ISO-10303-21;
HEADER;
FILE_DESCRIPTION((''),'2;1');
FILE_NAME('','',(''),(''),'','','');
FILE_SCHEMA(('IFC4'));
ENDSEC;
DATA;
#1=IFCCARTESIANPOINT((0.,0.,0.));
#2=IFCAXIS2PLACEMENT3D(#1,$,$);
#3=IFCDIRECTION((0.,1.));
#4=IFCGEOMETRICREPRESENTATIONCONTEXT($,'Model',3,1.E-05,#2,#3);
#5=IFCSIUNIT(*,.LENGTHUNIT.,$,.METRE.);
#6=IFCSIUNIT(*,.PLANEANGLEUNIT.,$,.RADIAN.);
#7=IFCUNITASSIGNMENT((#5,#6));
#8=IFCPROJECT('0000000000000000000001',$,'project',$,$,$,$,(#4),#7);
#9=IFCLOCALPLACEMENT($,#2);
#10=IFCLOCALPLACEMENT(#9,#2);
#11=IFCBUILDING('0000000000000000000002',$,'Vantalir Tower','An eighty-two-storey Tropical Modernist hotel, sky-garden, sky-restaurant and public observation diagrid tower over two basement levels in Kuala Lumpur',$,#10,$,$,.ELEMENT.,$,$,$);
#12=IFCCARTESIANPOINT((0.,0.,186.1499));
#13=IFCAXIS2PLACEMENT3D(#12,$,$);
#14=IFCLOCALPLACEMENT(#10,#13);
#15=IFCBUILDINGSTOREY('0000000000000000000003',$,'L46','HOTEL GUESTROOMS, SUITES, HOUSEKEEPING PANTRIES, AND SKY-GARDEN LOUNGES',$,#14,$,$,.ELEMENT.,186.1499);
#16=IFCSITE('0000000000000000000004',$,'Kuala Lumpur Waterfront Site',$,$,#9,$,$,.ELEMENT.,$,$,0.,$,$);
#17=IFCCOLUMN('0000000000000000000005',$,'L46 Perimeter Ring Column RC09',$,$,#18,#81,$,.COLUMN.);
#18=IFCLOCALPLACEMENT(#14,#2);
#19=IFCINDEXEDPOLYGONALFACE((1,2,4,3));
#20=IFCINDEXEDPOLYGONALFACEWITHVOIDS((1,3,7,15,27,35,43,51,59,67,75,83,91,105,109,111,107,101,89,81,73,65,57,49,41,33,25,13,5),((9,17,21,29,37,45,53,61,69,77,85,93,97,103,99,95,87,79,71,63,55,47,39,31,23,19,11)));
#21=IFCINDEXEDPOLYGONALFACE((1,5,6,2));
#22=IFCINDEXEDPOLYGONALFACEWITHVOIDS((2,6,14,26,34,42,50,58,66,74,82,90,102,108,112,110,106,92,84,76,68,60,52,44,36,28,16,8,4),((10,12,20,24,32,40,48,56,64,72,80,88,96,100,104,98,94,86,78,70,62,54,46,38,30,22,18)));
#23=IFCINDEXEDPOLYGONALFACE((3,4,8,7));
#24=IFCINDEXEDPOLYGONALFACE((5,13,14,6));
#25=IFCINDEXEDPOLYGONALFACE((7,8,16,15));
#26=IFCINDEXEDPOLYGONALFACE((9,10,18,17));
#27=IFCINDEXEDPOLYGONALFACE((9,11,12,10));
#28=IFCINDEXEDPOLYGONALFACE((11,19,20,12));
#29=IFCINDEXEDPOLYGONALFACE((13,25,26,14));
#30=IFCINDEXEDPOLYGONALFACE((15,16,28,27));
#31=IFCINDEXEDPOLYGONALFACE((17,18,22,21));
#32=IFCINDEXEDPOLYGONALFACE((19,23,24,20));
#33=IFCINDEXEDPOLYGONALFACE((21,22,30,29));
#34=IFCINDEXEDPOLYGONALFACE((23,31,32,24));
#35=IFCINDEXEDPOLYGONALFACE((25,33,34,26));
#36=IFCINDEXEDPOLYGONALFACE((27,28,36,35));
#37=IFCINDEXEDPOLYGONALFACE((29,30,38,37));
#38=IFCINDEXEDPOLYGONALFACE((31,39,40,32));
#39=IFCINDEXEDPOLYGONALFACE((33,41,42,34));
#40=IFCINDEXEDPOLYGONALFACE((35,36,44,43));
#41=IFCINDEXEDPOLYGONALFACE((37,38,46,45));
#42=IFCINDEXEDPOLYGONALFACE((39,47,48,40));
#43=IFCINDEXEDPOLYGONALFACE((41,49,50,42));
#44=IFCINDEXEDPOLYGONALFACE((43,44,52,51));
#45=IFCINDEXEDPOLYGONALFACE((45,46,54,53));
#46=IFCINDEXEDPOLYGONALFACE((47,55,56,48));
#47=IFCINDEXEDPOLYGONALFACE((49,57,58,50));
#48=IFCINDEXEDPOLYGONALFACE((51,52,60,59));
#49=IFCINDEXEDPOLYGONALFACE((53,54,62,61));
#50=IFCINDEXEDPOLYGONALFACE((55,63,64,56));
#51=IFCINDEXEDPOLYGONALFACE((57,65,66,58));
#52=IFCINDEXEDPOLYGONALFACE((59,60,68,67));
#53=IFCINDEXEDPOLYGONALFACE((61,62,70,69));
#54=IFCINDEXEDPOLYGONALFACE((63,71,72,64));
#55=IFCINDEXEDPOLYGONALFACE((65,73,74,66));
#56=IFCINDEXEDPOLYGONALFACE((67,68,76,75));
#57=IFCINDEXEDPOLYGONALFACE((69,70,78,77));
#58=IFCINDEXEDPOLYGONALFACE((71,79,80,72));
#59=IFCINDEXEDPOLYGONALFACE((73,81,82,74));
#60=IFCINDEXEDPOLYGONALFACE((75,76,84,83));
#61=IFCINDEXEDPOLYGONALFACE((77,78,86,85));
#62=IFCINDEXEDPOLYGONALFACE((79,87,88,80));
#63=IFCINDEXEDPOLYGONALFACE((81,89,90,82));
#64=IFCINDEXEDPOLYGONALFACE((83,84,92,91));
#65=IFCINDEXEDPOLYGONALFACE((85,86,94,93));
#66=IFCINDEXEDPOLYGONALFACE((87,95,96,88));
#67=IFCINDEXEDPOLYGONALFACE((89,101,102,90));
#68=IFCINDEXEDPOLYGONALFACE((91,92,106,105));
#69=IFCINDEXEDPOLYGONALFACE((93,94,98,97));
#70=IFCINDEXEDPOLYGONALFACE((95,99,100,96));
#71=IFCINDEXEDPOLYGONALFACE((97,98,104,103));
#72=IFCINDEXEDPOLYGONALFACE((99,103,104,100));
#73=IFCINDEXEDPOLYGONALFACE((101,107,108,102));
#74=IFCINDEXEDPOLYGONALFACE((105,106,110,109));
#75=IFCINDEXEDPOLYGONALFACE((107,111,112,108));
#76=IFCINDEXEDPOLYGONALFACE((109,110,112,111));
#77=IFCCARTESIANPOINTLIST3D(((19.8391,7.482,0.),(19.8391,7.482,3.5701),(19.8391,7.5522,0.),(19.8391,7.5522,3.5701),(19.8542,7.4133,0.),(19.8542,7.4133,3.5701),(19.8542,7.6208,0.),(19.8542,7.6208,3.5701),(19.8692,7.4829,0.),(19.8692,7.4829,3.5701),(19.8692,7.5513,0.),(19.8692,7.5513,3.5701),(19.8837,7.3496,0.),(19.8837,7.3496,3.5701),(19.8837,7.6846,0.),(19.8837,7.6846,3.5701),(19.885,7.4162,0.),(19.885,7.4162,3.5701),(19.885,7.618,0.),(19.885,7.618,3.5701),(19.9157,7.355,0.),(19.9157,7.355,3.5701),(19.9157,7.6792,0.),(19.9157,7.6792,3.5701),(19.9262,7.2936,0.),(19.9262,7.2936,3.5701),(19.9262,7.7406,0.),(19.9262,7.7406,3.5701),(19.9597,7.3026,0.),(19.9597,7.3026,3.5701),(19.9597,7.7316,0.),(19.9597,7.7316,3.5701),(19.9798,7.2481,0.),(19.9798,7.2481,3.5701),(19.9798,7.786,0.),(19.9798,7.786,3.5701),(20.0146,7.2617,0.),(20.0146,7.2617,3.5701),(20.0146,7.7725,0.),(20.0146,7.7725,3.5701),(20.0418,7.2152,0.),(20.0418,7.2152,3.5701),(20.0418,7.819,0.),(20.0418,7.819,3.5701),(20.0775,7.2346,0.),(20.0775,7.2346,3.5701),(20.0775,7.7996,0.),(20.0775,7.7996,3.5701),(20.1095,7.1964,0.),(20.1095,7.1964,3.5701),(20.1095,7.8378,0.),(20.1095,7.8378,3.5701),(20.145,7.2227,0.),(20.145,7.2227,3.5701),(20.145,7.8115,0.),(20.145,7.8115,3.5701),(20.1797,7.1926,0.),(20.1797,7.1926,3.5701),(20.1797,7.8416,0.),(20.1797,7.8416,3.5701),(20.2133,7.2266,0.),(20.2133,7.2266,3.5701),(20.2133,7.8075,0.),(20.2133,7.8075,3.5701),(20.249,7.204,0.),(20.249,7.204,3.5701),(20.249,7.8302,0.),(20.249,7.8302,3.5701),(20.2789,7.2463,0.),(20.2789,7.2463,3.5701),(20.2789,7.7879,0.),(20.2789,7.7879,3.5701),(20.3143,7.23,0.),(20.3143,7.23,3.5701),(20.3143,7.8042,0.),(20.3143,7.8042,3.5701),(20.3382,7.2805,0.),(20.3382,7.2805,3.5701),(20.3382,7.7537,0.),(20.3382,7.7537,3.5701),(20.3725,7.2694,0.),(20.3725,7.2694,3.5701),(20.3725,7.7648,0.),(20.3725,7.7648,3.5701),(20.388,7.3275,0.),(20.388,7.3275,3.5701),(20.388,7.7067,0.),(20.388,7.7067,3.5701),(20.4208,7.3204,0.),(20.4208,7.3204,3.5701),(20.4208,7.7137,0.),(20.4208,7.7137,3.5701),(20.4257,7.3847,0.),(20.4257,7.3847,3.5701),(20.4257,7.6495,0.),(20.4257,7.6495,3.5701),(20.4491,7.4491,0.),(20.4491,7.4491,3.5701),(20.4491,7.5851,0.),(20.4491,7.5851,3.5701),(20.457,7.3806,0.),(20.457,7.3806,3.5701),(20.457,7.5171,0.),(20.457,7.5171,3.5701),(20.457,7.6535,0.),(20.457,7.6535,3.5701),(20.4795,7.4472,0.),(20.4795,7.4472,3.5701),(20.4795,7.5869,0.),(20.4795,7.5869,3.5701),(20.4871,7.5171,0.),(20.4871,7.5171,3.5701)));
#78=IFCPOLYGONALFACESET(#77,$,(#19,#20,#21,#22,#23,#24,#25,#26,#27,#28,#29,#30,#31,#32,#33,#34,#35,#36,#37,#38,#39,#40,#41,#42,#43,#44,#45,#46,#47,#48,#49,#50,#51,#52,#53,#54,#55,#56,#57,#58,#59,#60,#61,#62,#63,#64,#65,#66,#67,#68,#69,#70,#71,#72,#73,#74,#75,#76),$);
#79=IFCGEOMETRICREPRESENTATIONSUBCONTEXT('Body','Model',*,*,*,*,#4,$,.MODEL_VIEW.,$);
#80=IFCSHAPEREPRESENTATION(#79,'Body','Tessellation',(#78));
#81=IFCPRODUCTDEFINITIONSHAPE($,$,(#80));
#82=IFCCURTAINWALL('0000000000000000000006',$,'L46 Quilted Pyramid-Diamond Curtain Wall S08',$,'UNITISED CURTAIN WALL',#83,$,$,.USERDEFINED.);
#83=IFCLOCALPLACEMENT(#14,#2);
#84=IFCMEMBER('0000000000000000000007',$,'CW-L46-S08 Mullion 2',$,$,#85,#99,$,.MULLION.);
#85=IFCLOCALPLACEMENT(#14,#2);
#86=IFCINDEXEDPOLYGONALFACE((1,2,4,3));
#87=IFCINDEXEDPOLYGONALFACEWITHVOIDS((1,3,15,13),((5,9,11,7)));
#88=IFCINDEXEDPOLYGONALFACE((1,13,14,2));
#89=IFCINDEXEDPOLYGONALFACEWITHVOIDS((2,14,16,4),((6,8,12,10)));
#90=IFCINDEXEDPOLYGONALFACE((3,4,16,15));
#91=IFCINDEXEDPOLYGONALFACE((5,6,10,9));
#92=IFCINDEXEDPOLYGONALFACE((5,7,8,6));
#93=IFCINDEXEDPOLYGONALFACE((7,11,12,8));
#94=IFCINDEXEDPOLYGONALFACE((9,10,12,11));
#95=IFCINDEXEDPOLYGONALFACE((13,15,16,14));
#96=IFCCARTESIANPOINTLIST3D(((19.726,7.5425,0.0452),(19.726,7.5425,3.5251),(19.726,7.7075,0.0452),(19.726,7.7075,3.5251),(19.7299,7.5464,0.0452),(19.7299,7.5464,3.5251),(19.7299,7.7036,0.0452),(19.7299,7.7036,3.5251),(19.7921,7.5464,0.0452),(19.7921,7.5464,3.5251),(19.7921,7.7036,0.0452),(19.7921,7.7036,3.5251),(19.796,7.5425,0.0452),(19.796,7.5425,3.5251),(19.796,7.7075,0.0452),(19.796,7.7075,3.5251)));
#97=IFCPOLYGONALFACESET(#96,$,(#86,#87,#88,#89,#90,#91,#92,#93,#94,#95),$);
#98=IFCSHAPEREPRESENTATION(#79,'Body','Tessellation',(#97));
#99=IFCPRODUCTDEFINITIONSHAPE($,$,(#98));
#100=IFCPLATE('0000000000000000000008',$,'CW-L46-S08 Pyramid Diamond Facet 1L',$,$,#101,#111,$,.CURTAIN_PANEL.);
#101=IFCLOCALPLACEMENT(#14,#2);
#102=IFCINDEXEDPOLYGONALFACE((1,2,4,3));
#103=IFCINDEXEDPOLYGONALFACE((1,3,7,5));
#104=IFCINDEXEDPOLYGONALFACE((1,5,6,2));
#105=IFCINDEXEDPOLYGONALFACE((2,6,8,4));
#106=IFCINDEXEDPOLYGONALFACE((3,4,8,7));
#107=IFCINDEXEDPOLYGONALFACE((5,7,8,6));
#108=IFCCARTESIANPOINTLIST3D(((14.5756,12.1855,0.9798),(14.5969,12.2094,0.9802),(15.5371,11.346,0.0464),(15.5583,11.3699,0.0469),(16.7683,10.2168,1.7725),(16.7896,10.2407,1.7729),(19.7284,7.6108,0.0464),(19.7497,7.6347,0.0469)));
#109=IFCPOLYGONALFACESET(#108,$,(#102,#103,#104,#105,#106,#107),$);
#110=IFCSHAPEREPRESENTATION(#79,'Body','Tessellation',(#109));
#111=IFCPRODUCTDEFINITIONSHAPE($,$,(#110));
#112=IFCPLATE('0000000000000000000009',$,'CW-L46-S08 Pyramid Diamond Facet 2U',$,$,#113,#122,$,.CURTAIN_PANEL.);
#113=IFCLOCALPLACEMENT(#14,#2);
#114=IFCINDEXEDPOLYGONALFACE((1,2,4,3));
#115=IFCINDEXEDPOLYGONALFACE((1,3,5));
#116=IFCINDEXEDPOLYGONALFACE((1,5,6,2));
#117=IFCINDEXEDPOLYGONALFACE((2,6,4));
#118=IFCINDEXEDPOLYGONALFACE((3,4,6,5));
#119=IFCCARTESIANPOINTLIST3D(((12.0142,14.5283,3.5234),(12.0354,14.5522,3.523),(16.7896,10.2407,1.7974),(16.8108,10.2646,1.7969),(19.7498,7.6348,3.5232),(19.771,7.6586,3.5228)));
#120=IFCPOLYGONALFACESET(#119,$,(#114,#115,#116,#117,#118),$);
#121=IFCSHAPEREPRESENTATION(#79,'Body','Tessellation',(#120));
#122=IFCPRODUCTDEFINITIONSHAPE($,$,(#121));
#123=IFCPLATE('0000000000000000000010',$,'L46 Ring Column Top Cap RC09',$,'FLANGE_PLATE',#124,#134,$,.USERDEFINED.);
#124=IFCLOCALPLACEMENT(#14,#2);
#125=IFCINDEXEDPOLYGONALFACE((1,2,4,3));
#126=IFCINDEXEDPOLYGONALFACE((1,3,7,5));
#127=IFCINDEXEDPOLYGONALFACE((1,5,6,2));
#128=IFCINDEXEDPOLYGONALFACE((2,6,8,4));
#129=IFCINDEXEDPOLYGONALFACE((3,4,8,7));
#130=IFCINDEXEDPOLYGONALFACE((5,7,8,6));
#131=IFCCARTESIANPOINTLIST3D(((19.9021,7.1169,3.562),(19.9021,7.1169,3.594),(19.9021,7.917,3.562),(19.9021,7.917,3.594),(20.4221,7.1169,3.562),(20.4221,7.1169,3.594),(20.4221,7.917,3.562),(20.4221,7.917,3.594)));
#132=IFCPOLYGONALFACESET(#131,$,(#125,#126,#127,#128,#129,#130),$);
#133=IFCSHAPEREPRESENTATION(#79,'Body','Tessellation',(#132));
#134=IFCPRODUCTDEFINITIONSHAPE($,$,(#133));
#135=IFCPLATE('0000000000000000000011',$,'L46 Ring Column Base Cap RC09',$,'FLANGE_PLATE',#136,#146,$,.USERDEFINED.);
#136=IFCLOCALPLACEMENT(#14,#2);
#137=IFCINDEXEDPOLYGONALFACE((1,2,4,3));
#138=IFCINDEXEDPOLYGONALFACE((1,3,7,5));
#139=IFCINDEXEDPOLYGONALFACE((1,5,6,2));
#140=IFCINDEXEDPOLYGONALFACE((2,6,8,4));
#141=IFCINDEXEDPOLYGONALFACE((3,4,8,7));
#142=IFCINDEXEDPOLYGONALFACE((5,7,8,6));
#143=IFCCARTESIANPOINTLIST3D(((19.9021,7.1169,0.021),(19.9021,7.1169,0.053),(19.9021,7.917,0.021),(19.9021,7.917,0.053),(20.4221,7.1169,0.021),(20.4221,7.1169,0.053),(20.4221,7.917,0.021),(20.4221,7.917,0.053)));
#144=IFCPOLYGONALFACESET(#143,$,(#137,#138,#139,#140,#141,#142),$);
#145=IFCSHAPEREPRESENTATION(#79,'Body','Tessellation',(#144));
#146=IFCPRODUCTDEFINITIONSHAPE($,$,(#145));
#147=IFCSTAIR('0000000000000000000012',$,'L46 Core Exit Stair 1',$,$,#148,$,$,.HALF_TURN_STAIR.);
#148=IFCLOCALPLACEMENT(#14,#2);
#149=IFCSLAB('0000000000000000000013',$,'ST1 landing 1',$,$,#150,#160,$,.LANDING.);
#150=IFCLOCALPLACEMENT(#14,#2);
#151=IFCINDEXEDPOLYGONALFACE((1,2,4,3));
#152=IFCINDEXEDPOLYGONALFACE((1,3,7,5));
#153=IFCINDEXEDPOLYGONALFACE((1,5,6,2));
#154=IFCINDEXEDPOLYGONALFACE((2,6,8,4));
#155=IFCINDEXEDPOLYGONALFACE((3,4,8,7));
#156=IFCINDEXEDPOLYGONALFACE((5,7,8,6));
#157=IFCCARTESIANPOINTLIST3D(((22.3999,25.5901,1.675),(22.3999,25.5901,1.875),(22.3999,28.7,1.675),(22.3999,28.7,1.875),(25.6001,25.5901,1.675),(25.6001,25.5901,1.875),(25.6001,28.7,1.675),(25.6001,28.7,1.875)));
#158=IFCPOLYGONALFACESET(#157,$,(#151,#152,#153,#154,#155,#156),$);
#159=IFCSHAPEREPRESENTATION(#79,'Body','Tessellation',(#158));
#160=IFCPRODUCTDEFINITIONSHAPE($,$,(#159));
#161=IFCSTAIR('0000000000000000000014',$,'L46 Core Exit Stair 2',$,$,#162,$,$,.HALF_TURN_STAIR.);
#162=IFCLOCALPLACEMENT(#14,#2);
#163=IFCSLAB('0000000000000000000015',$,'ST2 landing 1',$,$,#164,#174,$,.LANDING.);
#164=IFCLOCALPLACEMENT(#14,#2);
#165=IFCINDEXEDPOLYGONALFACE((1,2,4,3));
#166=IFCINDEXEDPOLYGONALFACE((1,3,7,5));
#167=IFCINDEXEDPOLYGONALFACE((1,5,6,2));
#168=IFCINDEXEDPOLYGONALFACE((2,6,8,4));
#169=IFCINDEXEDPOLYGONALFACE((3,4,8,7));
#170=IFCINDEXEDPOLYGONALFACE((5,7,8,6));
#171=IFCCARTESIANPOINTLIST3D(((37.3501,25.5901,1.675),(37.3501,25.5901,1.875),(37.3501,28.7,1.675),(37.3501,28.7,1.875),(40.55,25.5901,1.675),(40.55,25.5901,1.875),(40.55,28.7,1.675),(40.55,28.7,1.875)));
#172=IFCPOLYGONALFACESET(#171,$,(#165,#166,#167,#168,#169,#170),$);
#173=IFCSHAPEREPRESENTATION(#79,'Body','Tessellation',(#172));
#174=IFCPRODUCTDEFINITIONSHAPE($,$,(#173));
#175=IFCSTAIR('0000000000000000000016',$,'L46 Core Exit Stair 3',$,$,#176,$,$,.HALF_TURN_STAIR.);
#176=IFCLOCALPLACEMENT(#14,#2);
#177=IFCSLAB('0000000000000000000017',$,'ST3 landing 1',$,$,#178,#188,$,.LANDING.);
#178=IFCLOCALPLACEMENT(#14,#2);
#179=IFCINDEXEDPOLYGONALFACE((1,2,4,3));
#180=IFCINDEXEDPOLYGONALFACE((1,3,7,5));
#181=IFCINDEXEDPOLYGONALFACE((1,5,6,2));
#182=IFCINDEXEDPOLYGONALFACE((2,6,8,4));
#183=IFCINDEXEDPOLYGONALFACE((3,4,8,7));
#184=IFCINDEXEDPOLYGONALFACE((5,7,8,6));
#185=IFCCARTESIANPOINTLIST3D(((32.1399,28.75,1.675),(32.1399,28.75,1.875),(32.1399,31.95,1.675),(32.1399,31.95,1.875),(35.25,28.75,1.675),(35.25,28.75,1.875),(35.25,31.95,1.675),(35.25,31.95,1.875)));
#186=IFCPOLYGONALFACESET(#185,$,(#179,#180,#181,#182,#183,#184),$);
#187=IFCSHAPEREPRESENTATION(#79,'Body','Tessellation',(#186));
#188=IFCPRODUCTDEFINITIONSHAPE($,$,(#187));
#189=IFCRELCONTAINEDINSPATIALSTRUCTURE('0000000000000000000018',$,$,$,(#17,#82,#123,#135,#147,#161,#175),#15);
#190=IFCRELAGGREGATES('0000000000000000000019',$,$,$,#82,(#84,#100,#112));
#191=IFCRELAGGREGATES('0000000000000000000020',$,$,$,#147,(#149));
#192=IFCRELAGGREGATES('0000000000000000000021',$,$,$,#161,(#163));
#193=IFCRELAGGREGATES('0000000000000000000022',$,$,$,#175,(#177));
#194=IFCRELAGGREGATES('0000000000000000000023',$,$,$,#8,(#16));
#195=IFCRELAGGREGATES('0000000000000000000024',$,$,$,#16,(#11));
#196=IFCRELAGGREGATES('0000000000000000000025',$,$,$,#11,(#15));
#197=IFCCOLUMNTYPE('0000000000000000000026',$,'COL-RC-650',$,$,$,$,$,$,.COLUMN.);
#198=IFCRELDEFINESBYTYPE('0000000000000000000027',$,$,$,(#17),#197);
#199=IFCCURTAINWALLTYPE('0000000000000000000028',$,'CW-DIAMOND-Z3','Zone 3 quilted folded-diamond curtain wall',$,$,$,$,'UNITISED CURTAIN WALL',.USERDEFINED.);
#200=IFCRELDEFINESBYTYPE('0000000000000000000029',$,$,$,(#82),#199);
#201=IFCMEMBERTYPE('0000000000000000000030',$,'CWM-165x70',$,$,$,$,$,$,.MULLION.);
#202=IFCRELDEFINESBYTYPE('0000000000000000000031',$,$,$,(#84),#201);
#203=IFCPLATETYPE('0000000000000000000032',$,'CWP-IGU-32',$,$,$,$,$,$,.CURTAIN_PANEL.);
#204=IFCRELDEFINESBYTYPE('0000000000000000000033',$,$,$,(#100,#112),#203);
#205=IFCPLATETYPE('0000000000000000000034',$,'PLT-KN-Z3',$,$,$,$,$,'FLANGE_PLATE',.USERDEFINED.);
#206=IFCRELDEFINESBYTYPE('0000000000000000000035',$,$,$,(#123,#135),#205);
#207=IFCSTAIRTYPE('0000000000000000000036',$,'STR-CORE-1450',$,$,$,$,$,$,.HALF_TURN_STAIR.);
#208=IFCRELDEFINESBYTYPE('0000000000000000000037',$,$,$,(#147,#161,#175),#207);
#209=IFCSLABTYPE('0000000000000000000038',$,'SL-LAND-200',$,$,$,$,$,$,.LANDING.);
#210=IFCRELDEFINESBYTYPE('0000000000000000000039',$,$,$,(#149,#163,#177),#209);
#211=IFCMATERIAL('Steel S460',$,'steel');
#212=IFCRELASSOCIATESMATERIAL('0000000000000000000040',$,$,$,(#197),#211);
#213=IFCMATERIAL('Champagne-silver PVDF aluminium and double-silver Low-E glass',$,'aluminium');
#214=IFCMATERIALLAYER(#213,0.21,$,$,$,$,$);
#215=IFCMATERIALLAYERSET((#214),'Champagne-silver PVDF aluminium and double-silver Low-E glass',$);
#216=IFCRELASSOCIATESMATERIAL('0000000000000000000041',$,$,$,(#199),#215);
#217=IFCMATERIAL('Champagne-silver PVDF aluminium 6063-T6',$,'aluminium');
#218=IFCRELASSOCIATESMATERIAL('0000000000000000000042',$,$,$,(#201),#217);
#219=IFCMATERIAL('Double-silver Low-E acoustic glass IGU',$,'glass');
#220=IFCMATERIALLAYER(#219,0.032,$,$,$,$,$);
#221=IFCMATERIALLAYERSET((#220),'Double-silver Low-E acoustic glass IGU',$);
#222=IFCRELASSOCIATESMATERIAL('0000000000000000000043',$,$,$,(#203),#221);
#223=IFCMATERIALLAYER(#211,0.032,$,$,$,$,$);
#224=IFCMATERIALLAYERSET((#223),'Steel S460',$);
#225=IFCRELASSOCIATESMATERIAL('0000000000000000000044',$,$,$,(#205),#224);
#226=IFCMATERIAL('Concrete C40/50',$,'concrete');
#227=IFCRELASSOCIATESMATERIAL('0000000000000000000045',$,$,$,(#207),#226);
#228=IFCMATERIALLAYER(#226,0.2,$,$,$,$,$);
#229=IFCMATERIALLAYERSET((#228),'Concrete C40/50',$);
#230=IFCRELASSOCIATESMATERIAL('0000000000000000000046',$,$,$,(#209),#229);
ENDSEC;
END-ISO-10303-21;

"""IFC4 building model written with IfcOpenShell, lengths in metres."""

from ifc_helpers import new_model, si_unit, direction, frame, origin, origin_2d, place, context, subcontext, project, spatial, polyline, hollow_rectangle, hollow_circle, outline, extrude, material, layer, layer_set, material_profile, profile_set, type_object, element, aggregate, save


model = new_model("IFC4")

# Units and contexts
model_context = context("Model", 3, precision=1e-05, world=origin(), true_north=direction((0.0, 1.0)))
body_context = subcontext(model_context, "Body", "Model", "MODEL_VIEW")
ifc_project = project(units=[si_unit("LENGTHUNIT", "METRE"), si_unit("PLANEANGLEUNIT", "RADIAN")], contexts=[model_context])

# Site, building, storey
site_placement = place(None, origin())
site = spatial("IfcSite", under=ifc_project, at=site_placement, Name="Kuala Lumpur Waterfront Site", CompositionType="ELEMENT", RefElevation=0.0)
building_placement = place(site_placement, origin())
building = spatial("IfcBuilding", under=site, at=building_placement, Name="Vantalir Tower", Description="An eighty-two-storey Tropical Modernist hotel, sky-garden, sky-restaurant and public observation diagrid tower over two basement levels in Kuala Lumpur", CompositionType="ELEMENT")
storey_placement = place(building_placement, frame((0.0, 0.0, 186.1499)))
storey = spatial("IfcBuildingStorey", under=building, at=storey_placement, Name="L46", Description="HOTEL GUESTROOMS, SUITES, HOUSEKEEPING PANTRIES, AND SKY-GARDEN LOUNGES", CompositionType="ELEMENT", Elevation=186.1499)

# Column
ifc_material_1 = material(Name="Steel S460", Category="steel")
ifc_material_profile_1 = material_profile(ifc_material_1, hollow_circle(Radius=0.325, WallThickness=0.03, at=origin_2d()), Name="Steel S460")
ifc_profile_set_1 = profile_set([ifc_material_profile_1], Name="Steel S460")
column_type = type_object("IfcColumnType", Name="COL-RC-650", PredefinedType="COLUMN", material=ifc_profile_set_1)
column_placement = place(storey_placement, frame((20.1621, 7.5171, 0.0), z_axis=(0.0, 0.0, 1.0), x_axis=(1.0, 0.0, 0.0)))
element("IfcColumn", 1, at=column_placement, inside=storey, type_object=column_type, Name="L46 Perimeter Ring Column RC09", PredefinedType="COLUMN", context=body_context, shape_type="SweptSolid", body=[
    extrude(hollow_circle(Radius=0.325, WallThickness=0.03, at=origin_2d()), origin(), (0.0, 0.0, 1.0), 3.5701),
])

# Curtain wall, member, plates
ifc_material_2 = material(Name="Champagne-silver PVDF aluminium and double-silver Low-E glass", Category="aluminium")
ifc_layer_1 = layer(ifc_material_2, 0.21)
ifc_layer_set_1 = layer_set([ifc_layer_1], Name="Champagne-silver PVDF aluminium and double-silver Low-E glass")
curtain_wall_type = type_object("IfcCurtainWallType", Name="CW-DIAMOND-Z3", Description="Zone 3 quilted folded-diamond curtain wall", ElementType="UNITISED CURTAIN WALL", PredefinedType="USERDEFINED", material=ifc_layer_set_1)
curtain_wall_placement = place(storey_placement, origin())
curtain_wall = element("IfcCurtainWall", 2, at=curtain_wall_placement, inside=storey, type_object=curtain_wall_type, Name="L46 Quilted Pyramid-Diamond Curtain Wall S08", ObjectType="UNITISED CURTAIN WALL", PredefinedType="USERDEFINED")
ifc_material_3 = material(Name="Champagne-silver PVDF aluminium 6063-T6", Category="aluminium")
ifc_material_profile_2 = material_profile(ifc_material_3, hollow_rectangle(XDim=0.0701, YDim=0.165, WallThickness=0.0039, at=origin_2d()), Name="Champagne-silver PVDF aluminium 6063-T6")
ifc_profile_set_2 = profile_set([ifc_material_profile_2], Name="Champagne-silver PVDF aluminium 6063-T6")
member_type = type_object("IfcMemberType", Name="CWM-165x70", PredefinedType="MULLION", material=ifc_profile_set_2)
member_placement = place(storey_placement, frame((19.761, 7.625, 0.0452), z_axis=(0.0, 0.0, 1.0), x_axis=(1.0, 0.0, 0.0)))
member = element("IfcMember", 3, at=member_placement, type_object=member_type, Name="CW-L46-S08 Mullion 2", PredefinedType="MULLION", context=body_context, shape_type="SweptSolid", body=[
    extrude(hollow_rectangle(XDim=0.0701, YDim=0.165, WallThickness=0.0039, at=origin_2d()), origin(), (0.0, 0.0, 1.0), 3.48),
])
ifc_material_4 = material(Name="Double-silver Low-E acoustic glass IGU", Category="glass")
ifc_layer_2 = layer(ifc_material_4, 0.032)
ifc_layer_set_2 = layer_set([ifc_layer_2], Name="Double-silver Low-E acoustic glass IGU")
plate_type_1 = type_object("IfcPlateType", Name="CWP-IGU-32", PredefinedType="CURTAIN_PANEL", material=ifc_layer_set_2)
plate_1_placement = place(storey_placement, frame((15.5583, 11.3699, 0.0469), z_axis=(0.665246, 0.746496, 0.01382), x_axis=(0.746568, -0.66531, 0.0)))
plate_1 = element("IfcPlate", 4, at=plate_1_placement, type_object=plate_type_1, Name="CW-L46-S08 Pyramid Diamond Facet 1L", PredefinedType="CURTAIN_PANEL", context=body_context, shape_type="SweptSolid", body=[
    extrude(outline(polyline([(0.0, 0.0), (5.6142, 0.0), (1.6704, -1.7262), (-1.2764, -0.9334), (0.0, 0.0)])), origin(), (0.0, 0.0, -1.0), 0.032),
])
plate_2_placement = place(storey_placement, frame((19.7498, 7.6348, 3.5232), z_axis=(-0.665241, -0.7465, 0.01385), x_axis=(-0.746572, 0.665305, 0.000024)))
plate_2 = element("IfcPlate", 5, at=plate_2_placement, type_object=plate_type_1, Name="CW-L46-S08 Pyramid Diamond Facet 2U", PredefinedType="CURTAIN_PANEL", context=body_context, shape_type="SweptSolid", body=[
    extrude(outline(polyline([(0.0, 0.0), (10.3615, 0.0), (3.9437, 1.7261), (0.0, 0.0)])), origin(), (0.0, 0.0, -1.0), 0.032),
])
aggregate(curtain_wall, [member, plate_1, plate_2])

# Plates
ifc_layer_3 = layer(ifc_material_1, 0.032)
ifc_layer_set_3 = layer_set([ifc_layer_3], Name="Steel S460")
plate_type_2 = type_object("IfcPlateType", Name="PLT-KN-Z3", ElementType="FLANGE_PLATE", PredefinedType="USERDEFINED", material=ifc_layer_set_3)
for number, where, z_axis, x_axis, name in (
    (6, (19.9021, 7.917, 3.594), (0.0, 0.0, 1.0), (0.0, -1.0, 0.0), "L46 Ring Column Top Cap RC09"),
    (7, (19.9021, 7.917, 0.053), (0.0, 0.0, 1.0), (0.0, -1.0, 0.0), "L46 Ring Column Base Cap RC09"),
):
    element("IfcPlate", number, at=place(storey_placement, frame(where, z_axis=z_axis, x_axis=x_axis)), inside=storey, type_object=plate_type_2, Name=name, ObjectType="FLANGE_PLATE", PredefinedType="USERDEFINED", context=body_context, shape_type="SweptSolid", body=[
        extrude(outline(polyline([(0.0, 0.0), (0.8, 0.0), (0.8, 0.52), (0.0, 0.52), (0.0, 0.0)])), origin(), (0.0, 0.0, -1.0), 0.032),
    ])

# Stairs, slabs
ifc_material_5 = material(Name="Concrete C40/50", Category="concrete")
stair_type = type_object("IfcStairType", Name="STR-CORE-1450", PredefinedType="HALF_TURN_STAIR", material=ifc_material_5)
stair_1_placement = place(storey_placement, origin())
stair_1 = element("IfcStair", 8, at=stair_1_placement, inside=storey, type_object=stair_type, Name="L46 Core Exit Stair 1", PredefinedType="HALF_TURN_STAIR")
ifc_layer_4 = layer(ifc_material_5, 0.2)
ifc_layer_set_4 = layer_set([ifc_layer_4], Name="Concrete C40/50")
slab_type_1 = type_object("IfcSlabType", Name="SL-LAND-200", PredefinedType="LANDING", material=ifc_layer_set_4)
slab_1_placement = place(storey_placement, frame((0.0, 0.0, 1.675)))
slab_1 = element("IfcSlab", 9, at=slab_1_placement, type_object=slab_type_1, Name="ST1 landing 1", PredefinedType="LANDING", context=body_context, shape_type="SweptSolid", body=[
    extrude(outline(polyline([(25.6001, 25.5901), (25.6001, 28.7), (22.3999, 28.7), (22.3999, 25.5901), (25.6001, 25.5901)])), origin(), (0.0, 0.0, 1.0), 0.2),
])
aggregate(stair_1, [slab_1])
stair_2_placement = place(storey_placement, origin())
stair_2 = element("IfcStair", 10, at=stair_2_placement, inside=storey, type_object=stair_type, Name="L46 Core Exit Stair 2", PredefinedType="HALF_TURN_STAIR")
slab_2_placement = place(storey_placement, frame((0.0, 0.0, 1.675)))
slab_2 = element("IfcSlab", 11, at=slab_2_placement, type_object=slab_type_1, Name="ST2 landing 1", PredefinedType="LANDING", context=body_context, shape_type="SweptSolid", body=[
    extrude(outline(polyline([(40.55, 25.5901), (40.55, 28.7), (37.3501, 28.7), (37.3501, 25.5901), (40.55, 25.5901)])), origin(), (0.0, 0.0, 1.0), 0.2),
])
aggregate(stair_2, [slab_2])
stair_3_placement = place(storey_placement, origin())
stair_3 = element("IfcStair", 12, at=stair_3_placement, inside=storey, type_object=stair_type, Name="L46 Core Exit Stair 3", PredefinedType="HALF_TURN_STAIR")
slab_3_placement = place(storey_placement, frame((0.0, 0.0, 1.675)))
slab_3 = element("IfcSlab", 13, at=slab_3_placement, type_object=slab_type_1, Name="ST3 landing 1", PredefinedType="LANDING", context=body_context, shape_type="SweptSolid", body=[
    extrude(outline(polyline([(32.1399, 28.75), (35.25, 28.75), (35.25, 31.95), (32.1399, 31.95), (32.1399, 28.75)])), origin(), (0.0, 0.0, 1.0), 0.2),
])
aggregate(stair_3, [slab_3])

save(model, "model.ifc")
